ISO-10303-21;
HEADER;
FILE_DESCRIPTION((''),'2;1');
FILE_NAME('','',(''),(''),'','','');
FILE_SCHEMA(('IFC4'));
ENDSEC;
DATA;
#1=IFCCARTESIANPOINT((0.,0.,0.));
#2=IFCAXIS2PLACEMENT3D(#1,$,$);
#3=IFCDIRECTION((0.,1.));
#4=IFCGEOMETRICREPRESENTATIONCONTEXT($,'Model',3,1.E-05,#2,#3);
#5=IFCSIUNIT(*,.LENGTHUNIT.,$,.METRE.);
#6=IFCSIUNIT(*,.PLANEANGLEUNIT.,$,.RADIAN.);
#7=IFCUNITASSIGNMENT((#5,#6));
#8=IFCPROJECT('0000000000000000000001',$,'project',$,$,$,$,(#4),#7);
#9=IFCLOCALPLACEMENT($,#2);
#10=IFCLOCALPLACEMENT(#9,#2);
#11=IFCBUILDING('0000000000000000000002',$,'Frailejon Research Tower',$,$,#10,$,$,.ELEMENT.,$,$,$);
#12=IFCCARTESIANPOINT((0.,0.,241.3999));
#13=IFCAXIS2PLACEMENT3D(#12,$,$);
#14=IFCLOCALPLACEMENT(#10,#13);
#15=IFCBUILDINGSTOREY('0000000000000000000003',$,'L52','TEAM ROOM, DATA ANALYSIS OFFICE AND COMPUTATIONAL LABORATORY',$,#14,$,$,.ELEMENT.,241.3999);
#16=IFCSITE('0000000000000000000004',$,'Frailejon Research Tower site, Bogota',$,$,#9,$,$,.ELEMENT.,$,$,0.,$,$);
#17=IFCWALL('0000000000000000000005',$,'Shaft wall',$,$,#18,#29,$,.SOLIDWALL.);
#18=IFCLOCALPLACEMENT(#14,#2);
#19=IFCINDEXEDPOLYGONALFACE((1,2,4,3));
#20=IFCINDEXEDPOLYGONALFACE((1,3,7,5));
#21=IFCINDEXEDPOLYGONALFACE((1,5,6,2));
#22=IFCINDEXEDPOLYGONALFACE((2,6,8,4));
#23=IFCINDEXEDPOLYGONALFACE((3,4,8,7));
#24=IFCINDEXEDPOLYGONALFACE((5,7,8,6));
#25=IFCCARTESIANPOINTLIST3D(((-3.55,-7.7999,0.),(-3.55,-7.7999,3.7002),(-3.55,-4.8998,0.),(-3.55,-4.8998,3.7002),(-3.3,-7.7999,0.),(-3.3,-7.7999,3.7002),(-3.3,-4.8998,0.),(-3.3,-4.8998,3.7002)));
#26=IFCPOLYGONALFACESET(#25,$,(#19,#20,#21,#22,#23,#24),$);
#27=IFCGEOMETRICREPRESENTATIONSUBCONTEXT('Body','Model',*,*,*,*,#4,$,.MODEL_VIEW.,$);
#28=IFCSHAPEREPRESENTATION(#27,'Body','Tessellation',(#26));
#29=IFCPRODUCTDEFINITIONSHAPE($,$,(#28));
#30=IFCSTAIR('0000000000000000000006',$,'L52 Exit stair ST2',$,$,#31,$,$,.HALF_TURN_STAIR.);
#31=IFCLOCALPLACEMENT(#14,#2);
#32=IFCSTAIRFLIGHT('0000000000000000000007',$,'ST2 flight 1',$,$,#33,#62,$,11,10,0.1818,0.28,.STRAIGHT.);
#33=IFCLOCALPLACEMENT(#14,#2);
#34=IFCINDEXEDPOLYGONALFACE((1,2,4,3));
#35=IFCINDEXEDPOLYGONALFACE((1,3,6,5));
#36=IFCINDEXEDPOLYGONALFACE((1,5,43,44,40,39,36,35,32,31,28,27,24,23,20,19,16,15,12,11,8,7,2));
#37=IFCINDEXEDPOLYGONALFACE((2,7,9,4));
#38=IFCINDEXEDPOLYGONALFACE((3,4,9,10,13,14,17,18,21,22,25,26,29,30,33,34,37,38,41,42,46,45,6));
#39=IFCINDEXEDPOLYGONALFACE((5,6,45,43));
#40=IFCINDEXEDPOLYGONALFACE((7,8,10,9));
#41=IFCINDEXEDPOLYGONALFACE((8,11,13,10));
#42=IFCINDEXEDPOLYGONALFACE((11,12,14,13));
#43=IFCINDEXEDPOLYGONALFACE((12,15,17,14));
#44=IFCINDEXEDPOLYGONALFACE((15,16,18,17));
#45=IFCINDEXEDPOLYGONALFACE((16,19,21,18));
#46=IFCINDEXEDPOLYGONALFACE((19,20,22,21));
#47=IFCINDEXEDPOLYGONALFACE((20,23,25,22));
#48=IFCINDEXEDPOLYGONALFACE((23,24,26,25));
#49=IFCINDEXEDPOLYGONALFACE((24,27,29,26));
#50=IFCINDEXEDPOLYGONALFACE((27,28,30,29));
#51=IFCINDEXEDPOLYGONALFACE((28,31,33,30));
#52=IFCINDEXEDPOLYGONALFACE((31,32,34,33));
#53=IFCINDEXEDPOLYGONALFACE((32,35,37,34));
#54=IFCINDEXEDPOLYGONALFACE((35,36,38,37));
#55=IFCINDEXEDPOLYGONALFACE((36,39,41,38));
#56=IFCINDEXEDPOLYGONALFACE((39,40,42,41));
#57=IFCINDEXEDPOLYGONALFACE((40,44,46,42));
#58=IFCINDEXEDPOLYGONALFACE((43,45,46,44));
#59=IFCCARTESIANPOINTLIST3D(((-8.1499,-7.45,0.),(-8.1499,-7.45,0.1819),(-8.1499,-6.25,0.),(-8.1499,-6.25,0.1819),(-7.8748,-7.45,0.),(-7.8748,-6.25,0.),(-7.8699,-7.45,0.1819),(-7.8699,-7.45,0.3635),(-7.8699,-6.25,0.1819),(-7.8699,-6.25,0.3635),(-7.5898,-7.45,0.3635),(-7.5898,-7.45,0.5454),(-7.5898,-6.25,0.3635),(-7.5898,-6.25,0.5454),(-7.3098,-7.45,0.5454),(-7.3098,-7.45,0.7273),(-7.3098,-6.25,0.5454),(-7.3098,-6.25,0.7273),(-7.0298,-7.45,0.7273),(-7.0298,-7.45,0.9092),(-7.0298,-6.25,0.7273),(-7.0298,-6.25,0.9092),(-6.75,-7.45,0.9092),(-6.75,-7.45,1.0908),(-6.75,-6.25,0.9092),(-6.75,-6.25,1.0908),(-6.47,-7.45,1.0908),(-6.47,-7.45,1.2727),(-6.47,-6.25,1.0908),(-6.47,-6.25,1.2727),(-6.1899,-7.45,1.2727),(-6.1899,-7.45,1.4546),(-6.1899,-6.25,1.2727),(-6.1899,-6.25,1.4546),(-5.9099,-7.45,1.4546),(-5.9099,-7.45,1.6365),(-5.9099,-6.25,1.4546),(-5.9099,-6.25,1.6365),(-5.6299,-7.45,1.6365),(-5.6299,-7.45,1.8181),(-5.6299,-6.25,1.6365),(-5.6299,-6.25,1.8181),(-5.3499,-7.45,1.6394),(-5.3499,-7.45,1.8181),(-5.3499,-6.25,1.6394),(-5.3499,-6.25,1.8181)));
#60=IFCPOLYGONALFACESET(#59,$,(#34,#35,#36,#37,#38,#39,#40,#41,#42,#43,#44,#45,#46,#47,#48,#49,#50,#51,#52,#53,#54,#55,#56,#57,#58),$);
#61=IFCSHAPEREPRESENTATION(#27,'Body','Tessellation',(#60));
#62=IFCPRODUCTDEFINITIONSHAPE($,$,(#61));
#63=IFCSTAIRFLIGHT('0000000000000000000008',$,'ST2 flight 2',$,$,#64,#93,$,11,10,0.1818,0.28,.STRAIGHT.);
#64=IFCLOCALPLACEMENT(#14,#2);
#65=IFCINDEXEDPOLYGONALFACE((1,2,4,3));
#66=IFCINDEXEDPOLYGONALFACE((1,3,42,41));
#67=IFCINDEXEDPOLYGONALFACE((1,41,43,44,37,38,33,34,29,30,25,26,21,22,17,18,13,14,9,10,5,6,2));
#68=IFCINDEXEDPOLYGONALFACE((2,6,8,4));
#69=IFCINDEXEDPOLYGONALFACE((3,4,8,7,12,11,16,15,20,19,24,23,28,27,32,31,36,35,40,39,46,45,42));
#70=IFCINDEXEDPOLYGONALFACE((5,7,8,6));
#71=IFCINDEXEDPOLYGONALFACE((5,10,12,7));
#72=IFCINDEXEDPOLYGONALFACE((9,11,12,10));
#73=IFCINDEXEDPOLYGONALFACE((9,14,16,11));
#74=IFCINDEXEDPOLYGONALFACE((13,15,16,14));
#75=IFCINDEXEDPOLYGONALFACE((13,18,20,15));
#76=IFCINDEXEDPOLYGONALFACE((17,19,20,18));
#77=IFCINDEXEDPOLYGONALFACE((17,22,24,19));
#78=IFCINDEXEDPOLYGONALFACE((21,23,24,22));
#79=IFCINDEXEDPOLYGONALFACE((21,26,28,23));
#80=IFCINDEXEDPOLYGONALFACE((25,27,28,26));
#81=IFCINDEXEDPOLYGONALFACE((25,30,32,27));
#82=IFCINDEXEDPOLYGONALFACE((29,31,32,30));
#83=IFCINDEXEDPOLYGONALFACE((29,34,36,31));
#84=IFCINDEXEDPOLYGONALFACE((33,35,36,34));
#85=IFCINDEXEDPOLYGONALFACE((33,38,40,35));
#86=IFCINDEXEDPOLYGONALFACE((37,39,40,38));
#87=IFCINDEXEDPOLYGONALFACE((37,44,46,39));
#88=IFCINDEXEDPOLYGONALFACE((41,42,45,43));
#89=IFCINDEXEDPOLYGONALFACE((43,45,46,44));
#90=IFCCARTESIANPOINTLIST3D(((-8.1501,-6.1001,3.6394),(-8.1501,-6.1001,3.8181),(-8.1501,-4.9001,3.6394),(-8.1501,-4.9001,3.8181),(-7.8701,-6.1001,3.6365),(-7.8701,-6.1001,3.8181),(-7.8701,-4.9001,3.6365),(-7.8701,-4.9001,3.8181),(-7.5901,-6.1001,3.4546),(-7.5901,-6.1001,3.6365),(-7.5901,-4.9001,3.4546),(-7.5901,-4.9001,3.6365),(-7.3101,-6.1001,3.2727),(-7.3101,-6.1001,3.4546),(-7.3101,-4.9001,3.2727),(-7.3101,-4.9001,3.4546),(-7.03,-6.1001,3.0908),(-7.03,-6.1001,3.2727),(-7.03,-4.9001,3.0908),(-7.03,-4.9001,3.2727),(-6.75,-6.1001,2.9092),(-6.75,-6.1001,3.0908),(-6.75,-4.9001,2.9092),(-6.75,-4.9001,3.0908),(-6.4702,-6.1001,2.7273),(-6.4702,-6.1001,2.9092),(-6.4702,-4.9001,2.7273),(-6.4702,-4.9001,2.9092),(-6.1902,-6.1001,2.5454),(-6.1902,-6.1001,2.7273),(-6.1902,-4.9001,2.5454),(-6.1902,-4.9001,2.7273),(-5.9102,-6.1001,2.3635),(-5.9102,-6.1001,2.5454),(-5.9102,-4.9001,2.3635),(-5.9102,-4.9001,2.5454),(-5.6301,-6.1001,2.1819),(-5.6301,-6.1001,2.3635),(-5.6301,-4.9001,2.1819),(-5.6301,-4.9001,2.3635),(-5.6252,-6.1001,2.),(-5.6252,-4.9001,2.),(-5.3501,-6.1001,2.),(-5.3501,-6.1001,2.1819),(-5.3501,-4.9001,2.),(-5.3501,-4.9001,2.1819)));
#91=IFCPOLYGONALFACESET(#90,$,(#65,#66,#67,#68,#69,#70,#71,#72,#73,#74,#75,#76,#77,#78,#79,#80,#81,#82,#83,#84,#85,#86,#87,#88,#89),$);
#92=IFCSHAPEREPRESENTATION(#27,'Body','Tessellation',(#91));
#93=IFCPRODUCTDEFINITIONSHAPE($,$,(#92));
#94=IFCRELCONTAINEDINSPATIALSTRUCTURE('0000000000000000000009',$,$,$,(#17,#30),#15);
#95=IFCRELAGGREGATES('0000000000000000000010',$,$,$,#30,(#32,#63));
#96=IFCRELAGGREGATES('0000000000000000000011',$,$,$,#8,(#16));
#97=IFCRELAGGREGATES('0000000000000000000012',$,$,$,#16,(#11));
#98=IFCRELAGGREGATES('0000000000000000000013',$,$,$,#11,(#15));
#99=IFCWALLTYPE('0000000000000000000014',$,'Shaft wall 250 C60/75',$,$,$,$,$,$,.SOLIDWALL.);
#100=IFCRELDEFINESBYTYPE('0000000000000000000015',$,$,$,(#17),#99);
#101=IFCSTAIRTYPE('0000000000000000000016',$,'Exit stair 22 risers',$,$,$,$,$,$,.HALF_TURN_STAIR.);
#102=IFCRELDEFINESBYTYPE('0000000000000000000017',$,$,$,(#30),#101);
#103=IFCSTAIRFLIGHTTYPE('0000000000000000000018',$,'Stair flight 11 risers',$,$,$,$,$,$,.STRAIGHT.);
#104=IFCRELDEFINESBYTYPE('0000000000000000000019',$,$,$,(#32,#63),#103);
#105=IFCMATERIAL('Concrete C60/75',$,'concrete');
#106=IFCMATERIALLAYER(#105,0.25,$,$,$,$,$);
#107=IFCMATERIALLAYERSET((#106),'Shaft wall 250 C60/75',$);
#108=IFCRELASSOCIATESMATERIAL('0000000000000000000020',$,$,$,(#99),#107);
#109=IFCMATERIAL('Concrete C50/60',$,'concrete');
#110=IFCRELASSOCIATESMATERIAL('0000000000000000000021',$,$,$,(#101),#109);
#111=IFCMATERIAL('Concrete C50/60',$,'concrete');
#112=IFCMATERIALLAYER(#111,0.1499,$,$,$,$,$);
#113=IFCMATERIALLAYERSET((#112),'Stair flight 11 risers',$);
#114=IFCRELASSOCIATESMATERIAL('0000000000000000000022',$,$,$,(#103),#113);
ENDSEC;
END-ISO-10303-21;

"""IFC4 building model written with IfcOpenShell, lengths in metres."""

from ifc_helpers import new_model, si_unit, direction, frame, frame_2d, origin, place, context, subcontext, project, spatial, polyline, rectangle, outline, extrude, material, layer, layer_set, type_object, element, aggregate, save


model = new_model("IFC4")

# Units and contexts
model_context = context("Model", 3, precision=1e-05, world=origin(), true_north=direction((0.0, 1.0)))
body_context = subcontext(model_context, "Body", "Model", "MODEL_VIEW")
ifc_project = project(units=[si_unit("LENGTHUNIT", "METRE"), si_unit("PLANEANGLEUNIT", "RADIAN")], contexts=[model_context])

# Site, building, storey
site_placement = place(None, origin())
site = spatial("IfcSite", under=ifc_project, at=site_placement, Name="Frailejon Research Tower site, Bogota", CompositionType="ELEMENT", RefElevation=0.0)
building_placement = place(site_placement, origin())
building = spatial("IfcBuilding", under=site, at=building_placement, Name="Frailejon Research Tower", CompositionType="ELEMENT")
storey_placement = place(building_placement, frame((0.0, 0.0, 241.3999)))
storey = spatial("IfcBuildingStorey", under=building, at=storey_placement, Name="L52", Description="TEAM ROOM, DATA ANALYSIS OFFICE AND COMPUTATIONAL LABORATORY", CompositionType="ELEMENT", Elevation=241.3999)

# Shared definitions
ifc_material_1 = material(Name="Concrete C60/75", Category="concrete")
ifc_layer_1 = layer(ifc_material_1, 0.25)
ifc_layer_set_1 = layer_set([ifc_layer_1], Name="Shaft wall 250 C60/75")
wall_type_1 = type_object("IfcWallType", Name="Shaft wall 250 C60/75", PredefinedType="SOLIDWALL", material=ifc_layer_set_1)

# Wall
wall_1_placement = place(storey_placement, frame((-3.425, -7.8, 0.0), z_axis=(0.0, 0.0, 1.0), x_axis=(0.0, 1.0, 0.0)))
element("IfcWall", 1, at=wall_1_placement, inside=storey, type_object=wall_type_1, Name="Shaft wall", PredefinedType="SOLIDWALL", context=body_context, shape_type="SweptSolid", body=[
    extrude(rectangle(XDim=2.9001, YDim=0.25, at=frame_2d((1.4502, 0.0))), origin(), (0.0, 0.0, 1.0), 3.7002),
])

# Stair, stair flights
ifc_material_2 = material(Name="Concrete C50/60", Category="concrete")
stair_type = type_object("IfcStairType", Name="Exit stair 22 risers", PredefinedType="HALF_TURN_STAIR", material=ifc_material_2)
stair_placement = place(storey_placement, origin())
stair = element("IfcStair", 2, at=stair_placement, inside=storey, type_object=stair_type, Name="L52 Exit stair ST2", PredefinedType="HALF_TURN_STAIR")
ifc_material_3 = material(Name="Concrete C50/60", Category="concrete")
ifc_layer_2 = layer(ifc_material_3, 0.1499)
ifc_layer_set_2 = layer_set([ifc_layer_2], Name="Stair flight 11 risers")
stair_flight_type = type_object("IfcStairFlightType", Name="Stair flight 11 risers", PredefinedType="STRAIGHT", material=ifc_layer_set_2)
stair_flight_1_placement = place(storey_placement, frame((-8.1499, -6.8501, 0.0), z_axis=(0.0, 0.0, 1.0), x_axis=(1.0, 0.0, 0.0)))
stair_flight_1 = element("IfcStairFlight", 3, at=stair_flight_1_placement, type_object=stair_flight_type, Name="ST2 flight 1", NumberOfRisers=11, NumberOfTreads=10, PredefinedType="STRAIGHT", RiserHeight=0.1818, TreadLength=0.28, context=body_context, shape_type="SweptSolid", body=[
    extrude(outline(polyline([(0.0, 0.0), (0.0, 0.1819), (0.28, 0.1819), (0.28, 0.3635), (0.5601, 0.3635), (0.5601, 0.5454), (0.8401, 0.5454), (0.8401, 0.7273), (1.1201, 0.7273), (1.1201, 0.9092), (1.3999, 0.9092), (1.3999, 1.0908), (1.6799, 1.0908), (1.6799, 1.2727), (1.96, 1.2727), (1.96, 1.4546), (2.24, 1.4546), (2.24, 1.6365), (2.52, 1.6365), (2.52, 1.8181), (2.8, 1.8181), (2.8, 2.0), (2.8, 1.6394), (0.2751, 0.0), (0.0, 0.0)])), frame((0.0, 0.6001, 0.0), z_axis=(0.0, -1.0, 0.0), x_axis=(1.0, 0.0, 0.0)), (0.0, 0.0, 1.0), 1.2),
])
stair_flight_2_placement = place(storey_placement, frame((-5.3501, -5.5, 2.0), z_axis=(0.0, 0.0, 1.0), x_axis=(-1.0, 0.0, 0.0)))
stair_flight_2 = element("IfcStairFlight", 4, at=stair_flight_2_placement, type_object=stair_flight_type, Name="ST2 flight 2", NumberOfRisers=11, NumberOfTreads=10, PredefinedType="STRAIGHT", RiserHeight=0.1818, TreadLength=0.28, context=body_context, shape_type="SweptSolid", body=[
    extrude(outline(polyline([(0.0, 0.0), (0.0, 0.1819), (0.28, 0.1819), (0.28, 0.3635), (0.5601, 0.3635), (0.5601, 0.5454), (0.8401, 0.5454), (0.8401, 0.7273), (1.1201, 0.7273), (1.1201, 0.9092), (1.3999, 0.9092), (1.3999, 1.0908), (1.6799, 1.0908), (1.6799, 1.2727), (1.96, 1.2727), (1.96, 1.4546), (2.24, 1.4546), (2.24, 1.6365), (2.52, 1.6365), (2.52, 1.8181), (2.8, 1.8181), (2.8, 2.0), (2.8, 1.6394), (0.2751, 0.0), (0.0, 0.0)])), frame((0.0, 0.6001, 0.0), z_axis=(0.0, -1.0, 0.0), x_axis=(1.0, 0.0, 0.0)), (0.0, 0.0, 1.0), 1.2),
])
aggregate(stair, [stair_flight_1, stair_flight_2])

save(model, "model.ifc")
